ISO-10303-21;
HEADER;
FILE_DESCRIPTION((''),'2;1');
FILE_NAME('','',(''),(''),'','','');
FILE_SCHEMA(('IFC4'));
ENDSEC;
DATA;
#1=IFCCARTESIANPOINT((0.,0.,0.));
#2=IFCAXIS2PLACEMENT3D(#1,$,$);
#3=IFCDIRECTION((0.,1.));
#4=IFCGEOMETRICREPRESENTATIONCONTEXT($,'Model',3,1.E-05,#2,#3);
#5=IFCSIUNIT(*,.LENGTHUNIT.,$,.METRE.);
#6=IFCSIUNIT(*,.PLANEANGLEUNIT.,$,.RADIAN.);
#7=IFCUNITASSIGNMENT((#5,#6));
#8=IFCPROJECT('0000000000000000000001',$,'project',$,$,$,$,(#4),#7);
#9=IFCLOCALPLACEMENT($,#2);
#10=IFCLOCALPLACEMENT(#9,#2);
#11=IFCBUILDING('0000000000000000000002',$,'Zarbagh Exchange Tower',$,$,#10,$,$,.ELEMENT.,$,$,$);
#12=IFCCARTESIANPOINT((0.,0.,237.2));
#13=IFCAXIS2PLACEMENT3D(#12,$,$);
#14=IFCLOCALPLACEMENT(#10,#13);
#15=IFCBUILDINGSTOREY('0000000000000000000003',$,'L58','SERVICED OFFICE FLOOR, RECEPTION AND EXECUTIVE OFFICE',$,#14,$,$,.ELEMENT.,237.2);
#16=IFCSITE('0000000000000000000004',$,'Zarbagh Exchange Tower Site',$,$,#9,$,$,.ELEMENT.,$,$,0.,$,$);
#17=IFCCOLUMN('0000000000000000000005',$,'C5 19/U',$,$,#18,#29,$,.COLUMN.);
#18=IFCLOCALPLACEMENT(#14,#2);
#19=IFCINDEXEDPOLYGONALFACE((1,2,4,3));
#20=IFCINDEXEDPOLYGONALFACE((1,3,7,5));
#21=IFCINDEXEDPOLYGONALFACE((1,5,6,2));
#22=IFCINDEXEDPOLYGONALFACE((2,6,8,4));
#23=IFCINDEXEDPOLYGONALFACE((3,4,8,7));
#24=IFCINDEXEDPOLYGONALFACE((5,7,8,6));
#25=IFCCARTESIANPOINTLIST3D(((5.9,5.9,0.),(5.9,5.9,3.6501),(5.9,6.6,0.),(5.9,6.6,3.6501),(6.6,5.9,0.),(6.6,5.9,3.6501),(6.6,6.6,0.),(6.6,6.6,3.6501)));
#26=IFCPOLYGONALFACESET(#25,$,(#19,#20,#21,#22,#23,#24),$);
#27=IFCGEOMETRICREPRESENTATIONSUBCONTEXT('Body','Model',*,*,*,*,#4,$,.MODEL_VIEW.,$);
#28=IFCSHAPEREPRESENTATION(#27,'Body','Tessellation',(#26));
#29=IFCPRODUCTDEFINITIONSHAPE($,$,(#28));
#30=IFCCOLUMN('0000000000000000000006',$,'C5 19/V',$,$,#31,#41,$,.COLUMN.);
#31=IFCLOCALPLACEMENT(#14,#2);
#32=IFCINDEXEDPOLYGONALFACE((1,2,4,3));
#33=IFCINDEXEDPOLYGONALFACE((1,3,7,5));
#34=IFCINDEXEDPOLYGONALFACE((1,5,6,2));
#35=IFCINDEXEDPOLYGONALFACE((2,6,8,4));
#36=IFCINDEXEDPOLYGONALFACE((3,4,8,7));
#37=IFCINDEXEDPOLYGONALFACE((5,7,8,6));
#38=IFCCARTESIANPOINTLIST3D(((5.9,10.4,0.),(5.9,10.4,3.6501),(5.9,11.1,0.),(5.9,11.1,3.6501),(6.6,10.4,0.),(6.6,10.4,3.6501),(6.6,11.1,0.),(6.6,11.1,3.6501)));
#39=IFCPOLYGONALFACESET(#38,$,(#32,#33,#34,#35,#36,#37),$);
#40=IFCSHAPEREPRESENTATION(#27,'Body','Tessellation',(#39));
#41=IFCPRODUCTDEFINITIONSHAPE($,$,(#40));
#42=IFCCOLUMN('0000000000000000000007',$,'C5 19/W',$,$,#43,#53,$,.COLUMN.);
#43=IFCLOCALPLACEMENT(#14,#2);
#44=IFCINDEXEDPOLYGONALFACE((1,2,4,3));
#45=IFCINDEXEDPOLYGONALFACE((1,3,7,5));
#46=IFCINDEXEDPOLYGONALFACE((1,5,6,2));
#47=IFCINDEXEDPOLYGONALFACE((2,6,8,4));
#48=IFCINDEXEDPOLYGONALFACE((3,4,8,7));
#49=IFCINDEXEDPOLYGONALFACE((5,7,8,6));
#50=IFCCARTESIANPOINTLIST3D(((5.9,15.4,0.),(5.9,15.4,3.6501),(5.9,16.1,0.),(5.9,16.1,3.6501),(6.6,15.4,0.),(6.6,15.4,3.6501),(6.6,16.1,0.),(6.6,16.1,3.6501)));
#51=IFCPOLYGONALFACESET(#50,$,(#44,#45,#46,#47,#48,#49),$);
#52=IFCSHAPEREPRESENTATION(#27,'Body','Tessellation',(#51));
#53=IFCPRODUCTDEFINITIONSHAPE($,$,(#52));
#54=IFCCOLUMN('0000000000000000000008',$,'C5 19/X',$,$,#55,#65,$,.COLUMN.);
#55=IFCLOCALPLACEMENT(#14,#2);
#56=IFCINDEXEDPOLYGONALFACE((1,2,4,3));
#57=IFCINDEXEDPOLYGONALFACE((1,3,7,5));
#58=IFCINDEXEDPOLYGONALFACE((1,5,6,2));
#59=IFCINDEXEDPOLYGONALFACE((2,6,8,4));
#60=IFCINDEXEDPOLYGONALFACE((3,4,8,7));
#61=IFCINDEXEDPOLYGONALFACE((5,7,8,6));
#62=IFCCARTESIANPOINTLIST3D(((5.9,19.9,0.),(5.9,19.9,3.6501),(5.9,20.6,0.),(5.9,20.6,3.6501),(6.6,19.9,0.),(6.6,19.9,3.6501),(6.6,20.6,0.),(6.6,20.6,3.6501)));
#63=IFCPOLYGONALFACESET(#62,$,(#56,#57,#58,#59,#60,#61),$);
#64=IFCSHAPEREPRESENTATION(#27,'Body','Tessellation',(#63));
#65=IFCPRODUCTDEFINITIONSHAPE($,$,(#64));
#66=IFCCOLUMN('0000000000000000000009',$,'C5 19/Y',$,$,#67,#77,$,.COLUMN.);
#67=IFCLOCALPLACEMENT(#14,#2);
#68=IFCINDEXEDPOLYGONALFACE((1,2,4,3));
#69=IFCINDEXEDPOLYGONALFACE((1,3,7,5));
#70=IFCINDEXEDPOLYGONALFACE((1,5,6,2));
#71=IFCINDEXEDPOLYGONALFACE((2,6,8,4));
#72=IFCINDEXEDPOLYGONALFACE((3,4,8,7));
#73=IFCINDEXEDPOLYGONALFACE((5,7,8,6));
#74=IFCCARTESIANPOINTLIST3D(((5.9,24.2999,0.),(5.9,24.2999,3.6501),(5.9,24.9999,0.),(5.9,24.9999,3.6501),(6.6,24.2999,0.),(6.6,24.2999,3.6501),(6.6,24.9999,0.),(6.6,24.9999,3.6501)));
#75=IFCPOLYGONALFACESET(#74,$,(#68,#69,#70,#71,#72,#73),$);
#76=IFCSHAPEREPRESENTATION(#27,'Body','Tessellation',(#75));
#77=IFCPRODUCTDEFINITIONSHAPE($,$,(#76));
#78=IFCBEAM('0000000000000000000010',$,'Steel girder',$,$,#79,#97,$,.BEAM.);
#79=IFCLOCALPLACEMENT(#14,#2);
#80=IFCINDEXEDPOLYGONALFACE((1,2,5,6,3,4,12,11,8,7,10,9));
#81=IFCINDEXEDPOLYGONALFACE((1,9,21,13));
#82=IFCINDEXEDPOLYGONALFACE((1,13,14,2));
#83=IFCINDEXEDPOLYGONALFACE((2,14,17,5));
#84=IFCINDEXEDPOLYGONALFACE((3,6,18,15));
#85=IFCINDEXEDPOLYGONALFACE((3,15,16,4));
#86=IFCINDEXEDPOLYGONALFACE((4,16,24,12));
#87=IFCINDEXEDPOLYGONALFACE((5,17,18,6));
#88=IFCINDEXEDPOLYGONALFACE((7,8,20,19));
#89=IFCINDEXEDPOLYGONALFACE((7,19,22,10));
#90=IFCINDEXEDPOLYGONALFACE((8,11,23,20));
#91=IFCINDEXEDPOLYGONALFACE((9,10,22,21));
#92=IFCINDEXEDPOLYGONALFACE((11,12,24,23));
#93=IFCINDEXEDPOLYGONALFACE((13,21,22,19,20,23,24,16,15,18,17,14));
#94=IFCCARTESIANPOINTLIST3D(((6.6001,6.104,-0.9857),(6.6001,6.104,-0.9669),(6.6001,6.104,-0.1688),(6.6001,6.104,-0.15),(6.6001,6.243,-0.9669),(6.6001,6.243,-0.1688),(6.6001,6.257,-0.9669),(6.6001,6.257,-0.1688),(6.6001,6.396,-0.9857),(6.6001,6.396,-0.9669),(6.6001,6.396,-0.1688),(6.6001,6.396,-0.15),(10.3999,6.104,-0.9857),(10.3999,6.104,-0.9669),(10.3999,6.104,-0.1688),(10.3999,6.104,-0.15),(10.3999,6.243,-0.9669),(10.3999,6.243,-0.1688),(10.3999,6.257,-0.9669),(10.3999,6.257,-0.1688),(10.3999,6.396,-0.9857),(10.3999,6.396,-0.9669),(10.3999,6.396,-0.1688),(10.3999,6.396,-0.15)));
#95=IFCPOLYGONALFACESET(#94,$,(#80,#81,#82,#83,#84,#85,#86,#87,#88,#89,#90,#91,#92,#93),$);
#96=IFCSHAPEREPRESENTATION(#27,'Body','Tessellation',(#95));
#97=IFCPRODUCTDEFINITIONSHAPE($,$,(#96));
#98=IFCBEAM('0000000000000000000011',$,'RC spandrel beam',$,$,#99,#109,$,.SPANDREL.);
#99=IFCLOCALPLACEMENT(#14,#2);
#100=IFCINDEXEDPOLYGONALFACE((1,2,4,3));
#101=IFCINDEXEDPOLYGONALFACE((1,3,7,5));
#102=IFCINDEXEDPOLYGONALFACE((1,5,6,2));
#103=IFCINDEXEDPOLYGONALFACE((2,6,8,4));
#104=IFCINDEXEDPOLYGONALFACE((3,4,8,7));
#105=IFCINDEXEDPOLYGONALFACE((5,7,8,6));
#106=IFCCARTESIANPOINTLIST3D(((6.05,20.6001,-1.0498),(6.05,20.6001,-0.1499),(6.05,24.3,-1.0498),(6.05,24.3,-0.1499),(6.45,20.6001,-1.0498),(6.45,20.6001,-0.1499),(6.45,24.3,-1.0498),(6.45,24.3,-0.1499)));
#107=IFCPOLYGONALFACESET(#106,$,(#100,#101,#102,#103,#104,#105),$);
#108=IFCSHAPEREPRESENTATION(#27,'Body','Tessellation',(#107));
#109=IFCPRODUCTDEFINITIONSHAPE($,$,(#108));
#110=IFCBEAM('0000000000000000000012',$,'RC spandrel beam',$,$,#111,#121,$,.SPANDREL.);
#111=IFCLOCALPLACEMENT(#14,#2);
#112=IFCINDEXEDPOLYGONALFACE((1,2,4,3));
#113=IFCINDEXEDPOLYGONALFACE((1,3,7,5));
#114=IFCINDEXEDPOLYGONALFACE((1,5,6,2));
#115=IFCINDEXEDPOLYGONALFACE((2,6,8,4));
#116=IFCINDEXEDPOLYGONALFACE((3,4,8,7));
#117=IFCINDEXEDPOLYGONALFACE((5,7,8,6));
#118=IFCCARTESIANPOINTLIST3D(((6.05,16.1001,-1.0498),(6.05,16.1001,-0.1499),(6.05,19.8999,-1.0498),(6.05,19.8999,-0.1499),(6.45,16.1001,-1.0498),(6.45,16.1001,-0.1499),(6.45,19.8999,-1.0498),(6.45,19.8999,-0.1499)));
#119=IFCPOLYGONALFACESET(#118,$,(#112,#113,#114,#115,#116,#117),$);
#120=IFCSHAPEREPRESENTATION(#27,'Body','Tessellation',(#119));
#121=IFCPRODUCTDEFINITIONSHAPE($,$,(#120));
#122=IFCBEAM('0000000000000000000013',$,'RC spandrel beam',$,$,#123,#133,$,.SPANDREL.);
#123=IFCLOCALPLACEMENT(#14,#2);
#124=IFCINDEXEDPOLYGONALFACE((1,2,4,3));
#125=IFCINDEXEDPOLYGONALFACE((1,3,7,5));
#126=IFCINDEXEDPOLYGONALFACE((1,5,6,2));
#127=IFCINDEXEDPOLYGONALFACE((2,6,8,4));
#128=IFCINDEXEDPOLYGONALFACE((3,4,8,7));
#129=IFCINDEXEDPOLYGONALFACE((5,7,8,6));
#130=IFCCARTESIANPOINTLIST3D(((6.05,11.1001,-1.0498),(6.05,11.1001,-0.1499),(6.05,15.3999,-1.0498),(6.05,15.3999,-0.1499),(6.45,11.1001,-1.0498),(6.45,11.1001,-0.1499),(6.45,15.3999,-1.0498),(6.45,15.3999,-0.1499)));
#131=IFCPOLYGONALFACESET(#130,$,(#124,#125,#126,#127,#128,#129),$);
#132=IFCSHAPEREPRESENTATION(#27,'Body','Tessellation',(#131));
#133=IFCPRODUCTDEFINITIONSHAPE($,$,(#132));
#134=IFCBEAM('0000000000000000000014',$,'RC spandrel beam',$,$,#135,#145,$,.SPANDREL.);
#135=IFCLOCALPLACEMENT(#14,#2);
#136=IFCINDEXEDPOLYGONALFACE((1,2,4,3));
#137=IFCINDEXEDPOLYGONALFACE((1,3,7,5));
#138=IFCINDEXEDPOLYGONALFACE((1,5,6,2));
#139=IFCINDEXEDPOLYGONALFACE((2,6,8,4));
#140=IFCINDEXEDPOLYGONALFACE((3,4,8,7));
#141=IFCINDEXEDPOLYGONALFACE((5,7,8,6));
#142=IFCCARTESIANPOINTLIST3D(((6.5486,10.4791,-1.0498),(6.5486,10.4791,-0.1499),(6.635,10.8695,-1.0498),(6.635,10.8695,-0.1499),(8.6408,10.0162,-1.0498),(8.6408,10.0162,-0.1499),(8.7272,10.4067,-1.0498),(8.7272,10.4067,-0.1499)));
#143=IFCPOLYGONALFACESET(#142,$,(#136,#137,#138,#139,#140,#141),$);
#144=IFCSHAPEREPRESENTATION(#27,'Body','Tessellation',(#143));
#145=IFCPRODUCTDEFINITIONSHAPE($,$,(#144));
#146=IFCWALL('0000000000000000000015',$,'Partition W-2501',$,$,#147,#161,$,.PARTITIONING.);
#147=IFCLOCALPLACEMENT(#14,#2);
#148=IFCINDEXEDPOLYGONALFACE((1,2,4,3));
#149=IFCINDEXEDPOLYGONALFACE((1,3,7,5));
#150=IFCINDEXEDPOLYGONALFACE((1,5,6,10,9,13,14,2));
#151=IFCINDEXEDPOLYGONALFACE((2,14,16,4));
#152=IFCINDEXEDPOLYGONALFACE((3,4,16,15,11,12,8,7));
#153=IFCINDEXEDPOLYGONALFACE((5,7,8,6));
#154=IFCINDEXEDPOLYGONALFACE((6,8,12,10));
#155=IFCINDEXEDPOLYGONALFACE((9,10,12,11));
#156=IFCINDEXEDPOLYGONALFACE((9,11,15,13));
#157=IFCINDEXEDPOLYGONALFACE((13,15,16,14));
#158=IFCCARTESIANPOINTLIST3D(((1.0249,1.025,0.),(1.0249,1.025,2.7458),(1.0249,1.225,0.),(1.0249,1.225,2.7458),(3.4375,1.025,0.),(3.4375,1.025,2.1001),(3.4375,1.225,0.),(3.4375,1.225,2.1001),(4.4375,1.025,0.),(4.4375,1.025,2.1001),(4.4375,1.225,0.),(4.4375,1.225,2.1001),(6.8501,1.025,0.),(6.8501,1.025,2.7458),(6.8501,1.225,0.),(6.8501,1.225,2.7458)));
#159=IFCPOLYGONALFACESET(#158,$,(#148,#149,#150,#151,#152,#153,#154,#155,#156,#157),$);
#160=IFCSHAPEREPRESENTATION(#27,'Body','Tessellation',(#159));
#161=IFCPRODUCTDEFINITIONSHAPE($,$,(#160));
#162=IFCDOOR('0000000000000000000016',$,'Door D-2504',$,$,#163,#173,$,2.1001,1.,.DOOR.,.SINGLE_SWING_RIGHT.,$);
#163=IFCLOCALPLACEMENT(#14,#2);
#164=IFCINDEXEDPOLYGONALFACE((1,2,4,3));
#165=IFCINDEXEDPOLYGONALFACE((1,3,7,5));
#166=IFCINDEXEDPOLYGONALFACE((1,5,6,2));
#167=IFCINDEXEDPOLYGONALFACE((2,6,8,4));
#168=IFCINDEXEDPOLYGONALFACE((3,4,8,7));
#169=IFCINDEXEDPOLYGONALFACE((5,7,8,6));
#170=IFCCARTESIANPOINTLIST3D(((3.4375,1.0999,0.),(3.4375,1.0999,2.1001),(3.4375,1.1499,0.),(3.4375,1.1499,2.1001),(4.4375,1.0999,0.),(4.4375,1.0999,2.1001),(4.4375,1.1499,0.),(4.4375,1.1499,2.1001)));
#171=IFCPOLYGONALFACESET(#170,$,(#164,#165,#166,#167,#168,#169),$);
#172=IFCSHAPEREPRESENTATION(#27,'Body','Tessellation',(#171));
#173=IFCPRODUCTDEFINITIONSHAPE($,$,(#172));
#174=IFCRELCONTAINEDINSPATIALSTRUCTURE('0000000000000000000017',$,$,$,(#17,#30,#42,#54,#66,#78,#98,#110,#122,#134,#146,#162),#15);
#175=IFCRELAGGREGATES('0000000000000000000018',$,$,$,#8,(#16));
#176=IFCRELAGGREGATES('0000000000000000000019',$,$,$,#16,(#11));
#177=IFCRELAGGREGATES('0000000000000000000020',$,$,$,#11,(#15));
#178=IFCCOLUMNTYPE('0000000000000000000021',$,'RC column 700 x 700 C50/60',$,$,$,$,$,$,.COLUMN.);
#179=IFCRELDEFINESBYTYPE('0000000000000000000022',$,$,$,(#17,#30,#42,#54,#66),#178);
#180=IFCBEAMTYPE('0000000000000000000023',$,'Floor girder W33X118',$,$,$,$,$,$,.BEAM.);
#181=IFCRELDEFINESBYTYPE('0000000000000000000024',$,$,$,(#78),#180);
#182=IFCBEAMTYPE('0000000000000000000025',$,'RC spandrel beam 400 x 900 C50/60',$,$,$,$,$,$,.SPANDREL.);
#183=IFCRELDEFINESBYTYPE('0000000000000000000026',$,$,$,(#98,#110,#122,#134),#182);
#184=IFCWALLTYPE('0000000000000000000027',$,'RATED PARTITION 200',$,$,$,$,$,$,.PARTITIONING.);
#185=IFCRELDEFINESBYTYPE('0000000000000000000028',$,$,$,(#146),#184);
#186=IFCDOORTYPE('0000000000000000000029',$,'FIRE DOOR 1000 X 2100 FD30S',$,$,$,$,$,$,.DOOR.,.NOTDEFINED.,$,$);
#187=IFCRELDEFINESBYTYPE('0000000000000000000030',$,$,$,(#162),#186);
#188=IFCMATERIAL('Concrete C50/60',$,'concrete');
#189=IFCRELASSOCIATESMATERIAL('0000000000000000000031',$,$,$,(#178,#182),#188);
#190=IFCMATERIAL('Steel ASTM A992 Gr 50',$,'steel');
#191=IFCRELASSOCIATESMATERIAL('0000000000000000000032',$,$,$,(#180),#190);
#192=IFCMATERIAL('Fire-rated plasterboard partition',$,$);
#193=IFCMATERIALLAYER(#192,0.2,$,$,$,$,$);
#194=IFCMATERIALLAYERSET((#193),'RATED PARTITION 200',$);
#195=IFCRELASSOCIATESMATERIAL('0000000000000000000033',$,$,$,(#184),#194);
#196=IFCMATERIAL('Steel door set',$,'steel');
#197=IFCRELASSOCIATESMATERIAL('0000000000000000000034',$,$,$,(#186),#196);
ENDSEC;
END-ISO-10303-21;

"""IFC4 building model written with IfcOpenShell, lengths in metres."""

from ifc_helpers import new_model, si_unit, direction, frame, frame_2d, origin, origin_2d, place, context, subcontext, project, spatial, rectangle, i_section, extrude, material, layer, layer_set, material_profile, profile_set, type_object, element, fill, save


model = new_model("IFC4")

# Units and contexts
model_context = context("Model", 3, precision=1e-05, world=origin(), true_north=direction((0.0, 1.0)))
body_context = subcontext(model_context, "Body", "Model", "MODEL_VIEW")
ifc_project = project(units=[si_unit("LENGTHUNIT", "METRE"), si_unit("PLANEANGLEUNIT", "RADIAN")], contexts=[model_context])

# Site, building, storey
site_placement = place(None, origin())
site = spatial("IfcSite", under=ifc_project, at=site_placement, Name="Zarbagh Exchange Tower Site", CompositionType="ELEMENT", RefElevation=0.0)
building_placement = place(site_placement, origin())
building = spatial("IfcBuilding", under=site, at=building_placement, Name="Zarbagh Exchange Tower", CompositionType="ELEMENT")
storey_placement = place(building_placement, frame((0.0, 0.0, 237.2)))
storey = spatial("IfcBuildingStorey", under=building, at=storey_placement, Name="L58", Description="SERVICED OFFICE FLOOR, RECEPTION AND EXECUTIVE OFFICE", CompositionType="ELEMENT", Elevation=237.2)

# Columns
ifc_material_1 = material(Name="Concrete C50/60", Category="concrete")
ifc_material_profile_1 = material_profile(ifc_material_1, rectangle(XDim=0.7, YDim=0.7, at=origin_2d()), Name="RC column 700 x 700 C50/60")
ifc_profile_set_1 = profile_set([ifc_material_profile_1], Name="Concrete C50/60")
column_type = type_object("IfcColumnType", Name="RC column 700 x 700 C50/60", PredefinedType="COLUMN", material=ifc_profile_set_1)
for number, where, z_axis, x_axis, name in (
    (1, (6.25, 6.25, 0.0), (0.0, 0.0, 1.0), (1.0, 0.0, 0.0), "C5 19/U"),
    (2, (6.25, 10.75, 0.0), (0.0, 0.0, 1.0), (1.0, 0.0, 0.0), "C5 19/V"),
    (3, (6.25, 15.75, 0.0), (0.0, 0.0, 1.0), (1.0, 0.0, 0.0), "C5 19/W"),
    (4, (6.25, 20.25, 0.0), (0.0, 0.0, 1.0), (1.0, 0.0, 0.0), "C5 19/X"),
    (5, (6.25, 24.6499, 0.0), (0.0, 0.0, 1.0), (1.0, 0.0, 0.0), "C5 19/Y"),
):
    element("IfcColumn", number, at=place(storey_placement, frame(where, z_axis=z_axis, x_axis=x_axis)), inside=storey, type_object=column_type, Name=name, PredefinedType="COLUMN", context=body_context, shape_type="SweptSolid", body=[
        extrude(rectangle(XDim=0.7, YDim=0.7, at=origin_2d()), origin(), (0.0, 0.0, 1.0), 3.6501),
    ])

# Beams
ifc_material_2 = material(Name="Steel ASTM A992 Gr 50", Category="steel")
ifc_material_profile_2 = material_profile(ifc_material_2, i_section(OverallWidth=0.292, OverallDepth=0.8357, WebThickness=0.0139, FlangeThickness=0.0188, at=origin_2d()), Name="W33X118")
ifc_profile_set_2 = profile_set([ifc_material_profile_2], Name="Steel ASTM A992 Gr 50")
beam_type_1 = type_object("IfcBeamType", Name="Floor girder W33X118", PredefinedType="BEAM", material=ifc_profile_set_2)
beam_1_placement = place(storey_placement, frame((6.6001, 6.25, -0.5679), z_axis=(1.0, 0.0, 0.0), x_axis=(0.0, 1.0, 0.0)))
element("IfcBeam", 6, at=beam_1_placement, inside=storey, type_object=beam_type_1, Name="Steel girder", PredefinedType="BEAM", context=body_context, shape_type="SweptSolid", body=[
    extrude(i_section(OverallWidth=0.292, OverallDepth=0.8357, WebThickness=0.0139, FlangeThickness=0.0188, at=origin_2d()), origin(), (0.0, 0.0, 1.0), 3.7998),
])
ifc_material_profile_3 = material_profile(ifc_material_1, rectangle(XDim=0.3999, YDim=0.8999, at=origin_2d()), Name="RC spandrel beam 400 x 900 C50/60")
ifc_profile_set_3 = profile_set([ifc_material_profile_3], Name="Concrete C50/60")
beam_type_2 = type_object("IfcBeamType", Name="RC spandrel beam 400 x 900 C50/60", PredefinedType="SPANDREL", material=ifc_profile_set_3)
beam_2_placement = place(storey_placement, frame((6.25, 24.3, -0.5999), z_axis=(0.0, -1.0, 0.0), x_axis=(1.0, 0.0, 0.0)))
element("IfcBeam", 7, at=beam_2_placement, inside=storey, type_object=beam_type_2, Name="RC spandrel beam", PredefinedType="SPANDREL", context=body_context, shape_type="SweptSolid", body=[
    extrude(rectangle(XDim=0.3999, YDim=0.8999, at=origin_2d()), origin(), (0.0, 0.0, 1.0), 3.7),
])
beam_3_placement = place(storey_placement, frame((6.25, 19.8999, -0.5999), z_axis=(0.0, -1.0, 0.0), x_axis=(1.0, 0.0, 0.0)))
element("IfcBeam", 8, at=beam_3_placement, inside=storey, type_object=beam_type_2, Name="RC spandrel beam", PredefinedType="SPANDREL", context=body_context, shape_type="SweptSolid", body=[
    extrude(rectangle(XDim=0.3999, YDim=0.8999, at=origin_2d()), origin(), (0.0, 0.0, 1.0), 3.7998),
])
beam_4_placement = place(storey_placement, frame((6.25, 15.3999, -0.5999), z_axis=(0.0, -1.0, 0.0), x_axis=(1.0, 0.0, 0.0)))
element("IfcBeam", 9, at=beam_4_placement, inside=storey, type_object=beam_type_2, Name="RC spandrel beam", PredefinedType="SPANDREL", context=body_context, shape_type="SweptSolid", body=[
    extrude(rectangle(XDim=0.3999, YDim=0.8999, at=origin_2d()), origin(), (0.0, 0.0, 1.0), 4.2998),
])
beam_5_placement = place(storey_placement, frame((6.5918, 10.6743, -0.5999), z_axis=(0.97639, -0.216014, 0.0), x_axis=(0.216014, 0.97639, 0.0)))
element("IfcBeam", 10, at=beam_5_placement, inside=storey, type_object=beam_type_2, Name="RC spandrel beam", PredefinedType="SPANDREL", context=body_context, shape_type="SweptSolid", body=[
    extrude(rectangle(XDim=0.3999, YDim=0.8999, at=origin_2d()), origin(), (0.0, 0.0, 1.0), 2.1428),
])

# Wall, opening, door
ifc_material_3 = material(Name="Fire-rated plasterboard partition")
ifc_layer_1 = layer(ifc_material_3, 0.2)
ifc_layer_set_1 = layer_set([ifc_layer_1], Name="RATED PARTITION 200")
wall_type_1 = type_object("IfcWallType", Name="RATED PARTITION 200", PredefinedType="PARTITIONING", material=ifc_layer_set_1)
wall_1_placement = place(storey_placement, frame((1.0249, 1.125, 0.0), z_axis=(0.0, 0.0, 1.0), x_axis=(1.0, 0.0, 0.0)))
wall_1 = element("IfcWall", 11, at=wall_1_placement, inside=storey, type_object=wall_type_1, Name="Partition W-2501", PredefinedType="PARTITIONING", context=body_context, shape_type="SweptSolid", body=[
    extrude(rectangle(XDim=5.8252, YDim=0.2, at=frame_2d((2.9126, 0.0))), origin(), (0.0, 0.0, 1.0), 2.7458),
])
opening_1_placement = place(wall_1_placement, frame((2.4126, 0.0, 0.0)))
opening_1 = element("IfcOpeningElement", 12, at=opening_1_placement, cuts=wall_1, PredefinedType="OPENING", context=body_context, shape_type="SweptSolid", body=[
    extrude(rectangle(XDim=1.0, YDim=2.1001, at=frame_2d((0.5, 1.05))), frame((0.0, 0.1099, 0.0), z_axis=(0.0, -1.0, 0.0), x_axis=(1.0, 0.0, 0.0)), (0.0, 0.0, 1.0), 0.22),
])
ifc_material_4 = material(Name="Steel door set", Category="steel")
door_type_1 = type_object("IfcDoorType", Name="FIRE DOOR 1000 X 2100 FD30S", OperationType="NOTDEFINED", PredefinedType="DOOR", material=ifc_material_4)
door_1_placement = place(opening_1_placement, origin())
door_1 = element("IfcDoor", 13, at=door_1_placement, inside=storey, type_object=door_type_1, Name="Door D-2504", OperationType="SINGLE_SWING_RIGHT", OverallHeight=2.1001, OverallWidth=1.0, PredefinedType="DOOR", context=body_context, shape_type="SweptSolid", body=[
    extrude(rectangle(XDim=1.0, YDim=2.1001, at=frame_2d((0.5, 1.05))), frame((0.0, 0.0249, 0.0), z_axis=(0.0, -1.0, 0.0), x_axis=(1.0, 0.0, 0.0)), (0.0, 0.0, 1.0), 0.05),
])
fill(opening_1, door_1)

save(model, "model.ifc")
